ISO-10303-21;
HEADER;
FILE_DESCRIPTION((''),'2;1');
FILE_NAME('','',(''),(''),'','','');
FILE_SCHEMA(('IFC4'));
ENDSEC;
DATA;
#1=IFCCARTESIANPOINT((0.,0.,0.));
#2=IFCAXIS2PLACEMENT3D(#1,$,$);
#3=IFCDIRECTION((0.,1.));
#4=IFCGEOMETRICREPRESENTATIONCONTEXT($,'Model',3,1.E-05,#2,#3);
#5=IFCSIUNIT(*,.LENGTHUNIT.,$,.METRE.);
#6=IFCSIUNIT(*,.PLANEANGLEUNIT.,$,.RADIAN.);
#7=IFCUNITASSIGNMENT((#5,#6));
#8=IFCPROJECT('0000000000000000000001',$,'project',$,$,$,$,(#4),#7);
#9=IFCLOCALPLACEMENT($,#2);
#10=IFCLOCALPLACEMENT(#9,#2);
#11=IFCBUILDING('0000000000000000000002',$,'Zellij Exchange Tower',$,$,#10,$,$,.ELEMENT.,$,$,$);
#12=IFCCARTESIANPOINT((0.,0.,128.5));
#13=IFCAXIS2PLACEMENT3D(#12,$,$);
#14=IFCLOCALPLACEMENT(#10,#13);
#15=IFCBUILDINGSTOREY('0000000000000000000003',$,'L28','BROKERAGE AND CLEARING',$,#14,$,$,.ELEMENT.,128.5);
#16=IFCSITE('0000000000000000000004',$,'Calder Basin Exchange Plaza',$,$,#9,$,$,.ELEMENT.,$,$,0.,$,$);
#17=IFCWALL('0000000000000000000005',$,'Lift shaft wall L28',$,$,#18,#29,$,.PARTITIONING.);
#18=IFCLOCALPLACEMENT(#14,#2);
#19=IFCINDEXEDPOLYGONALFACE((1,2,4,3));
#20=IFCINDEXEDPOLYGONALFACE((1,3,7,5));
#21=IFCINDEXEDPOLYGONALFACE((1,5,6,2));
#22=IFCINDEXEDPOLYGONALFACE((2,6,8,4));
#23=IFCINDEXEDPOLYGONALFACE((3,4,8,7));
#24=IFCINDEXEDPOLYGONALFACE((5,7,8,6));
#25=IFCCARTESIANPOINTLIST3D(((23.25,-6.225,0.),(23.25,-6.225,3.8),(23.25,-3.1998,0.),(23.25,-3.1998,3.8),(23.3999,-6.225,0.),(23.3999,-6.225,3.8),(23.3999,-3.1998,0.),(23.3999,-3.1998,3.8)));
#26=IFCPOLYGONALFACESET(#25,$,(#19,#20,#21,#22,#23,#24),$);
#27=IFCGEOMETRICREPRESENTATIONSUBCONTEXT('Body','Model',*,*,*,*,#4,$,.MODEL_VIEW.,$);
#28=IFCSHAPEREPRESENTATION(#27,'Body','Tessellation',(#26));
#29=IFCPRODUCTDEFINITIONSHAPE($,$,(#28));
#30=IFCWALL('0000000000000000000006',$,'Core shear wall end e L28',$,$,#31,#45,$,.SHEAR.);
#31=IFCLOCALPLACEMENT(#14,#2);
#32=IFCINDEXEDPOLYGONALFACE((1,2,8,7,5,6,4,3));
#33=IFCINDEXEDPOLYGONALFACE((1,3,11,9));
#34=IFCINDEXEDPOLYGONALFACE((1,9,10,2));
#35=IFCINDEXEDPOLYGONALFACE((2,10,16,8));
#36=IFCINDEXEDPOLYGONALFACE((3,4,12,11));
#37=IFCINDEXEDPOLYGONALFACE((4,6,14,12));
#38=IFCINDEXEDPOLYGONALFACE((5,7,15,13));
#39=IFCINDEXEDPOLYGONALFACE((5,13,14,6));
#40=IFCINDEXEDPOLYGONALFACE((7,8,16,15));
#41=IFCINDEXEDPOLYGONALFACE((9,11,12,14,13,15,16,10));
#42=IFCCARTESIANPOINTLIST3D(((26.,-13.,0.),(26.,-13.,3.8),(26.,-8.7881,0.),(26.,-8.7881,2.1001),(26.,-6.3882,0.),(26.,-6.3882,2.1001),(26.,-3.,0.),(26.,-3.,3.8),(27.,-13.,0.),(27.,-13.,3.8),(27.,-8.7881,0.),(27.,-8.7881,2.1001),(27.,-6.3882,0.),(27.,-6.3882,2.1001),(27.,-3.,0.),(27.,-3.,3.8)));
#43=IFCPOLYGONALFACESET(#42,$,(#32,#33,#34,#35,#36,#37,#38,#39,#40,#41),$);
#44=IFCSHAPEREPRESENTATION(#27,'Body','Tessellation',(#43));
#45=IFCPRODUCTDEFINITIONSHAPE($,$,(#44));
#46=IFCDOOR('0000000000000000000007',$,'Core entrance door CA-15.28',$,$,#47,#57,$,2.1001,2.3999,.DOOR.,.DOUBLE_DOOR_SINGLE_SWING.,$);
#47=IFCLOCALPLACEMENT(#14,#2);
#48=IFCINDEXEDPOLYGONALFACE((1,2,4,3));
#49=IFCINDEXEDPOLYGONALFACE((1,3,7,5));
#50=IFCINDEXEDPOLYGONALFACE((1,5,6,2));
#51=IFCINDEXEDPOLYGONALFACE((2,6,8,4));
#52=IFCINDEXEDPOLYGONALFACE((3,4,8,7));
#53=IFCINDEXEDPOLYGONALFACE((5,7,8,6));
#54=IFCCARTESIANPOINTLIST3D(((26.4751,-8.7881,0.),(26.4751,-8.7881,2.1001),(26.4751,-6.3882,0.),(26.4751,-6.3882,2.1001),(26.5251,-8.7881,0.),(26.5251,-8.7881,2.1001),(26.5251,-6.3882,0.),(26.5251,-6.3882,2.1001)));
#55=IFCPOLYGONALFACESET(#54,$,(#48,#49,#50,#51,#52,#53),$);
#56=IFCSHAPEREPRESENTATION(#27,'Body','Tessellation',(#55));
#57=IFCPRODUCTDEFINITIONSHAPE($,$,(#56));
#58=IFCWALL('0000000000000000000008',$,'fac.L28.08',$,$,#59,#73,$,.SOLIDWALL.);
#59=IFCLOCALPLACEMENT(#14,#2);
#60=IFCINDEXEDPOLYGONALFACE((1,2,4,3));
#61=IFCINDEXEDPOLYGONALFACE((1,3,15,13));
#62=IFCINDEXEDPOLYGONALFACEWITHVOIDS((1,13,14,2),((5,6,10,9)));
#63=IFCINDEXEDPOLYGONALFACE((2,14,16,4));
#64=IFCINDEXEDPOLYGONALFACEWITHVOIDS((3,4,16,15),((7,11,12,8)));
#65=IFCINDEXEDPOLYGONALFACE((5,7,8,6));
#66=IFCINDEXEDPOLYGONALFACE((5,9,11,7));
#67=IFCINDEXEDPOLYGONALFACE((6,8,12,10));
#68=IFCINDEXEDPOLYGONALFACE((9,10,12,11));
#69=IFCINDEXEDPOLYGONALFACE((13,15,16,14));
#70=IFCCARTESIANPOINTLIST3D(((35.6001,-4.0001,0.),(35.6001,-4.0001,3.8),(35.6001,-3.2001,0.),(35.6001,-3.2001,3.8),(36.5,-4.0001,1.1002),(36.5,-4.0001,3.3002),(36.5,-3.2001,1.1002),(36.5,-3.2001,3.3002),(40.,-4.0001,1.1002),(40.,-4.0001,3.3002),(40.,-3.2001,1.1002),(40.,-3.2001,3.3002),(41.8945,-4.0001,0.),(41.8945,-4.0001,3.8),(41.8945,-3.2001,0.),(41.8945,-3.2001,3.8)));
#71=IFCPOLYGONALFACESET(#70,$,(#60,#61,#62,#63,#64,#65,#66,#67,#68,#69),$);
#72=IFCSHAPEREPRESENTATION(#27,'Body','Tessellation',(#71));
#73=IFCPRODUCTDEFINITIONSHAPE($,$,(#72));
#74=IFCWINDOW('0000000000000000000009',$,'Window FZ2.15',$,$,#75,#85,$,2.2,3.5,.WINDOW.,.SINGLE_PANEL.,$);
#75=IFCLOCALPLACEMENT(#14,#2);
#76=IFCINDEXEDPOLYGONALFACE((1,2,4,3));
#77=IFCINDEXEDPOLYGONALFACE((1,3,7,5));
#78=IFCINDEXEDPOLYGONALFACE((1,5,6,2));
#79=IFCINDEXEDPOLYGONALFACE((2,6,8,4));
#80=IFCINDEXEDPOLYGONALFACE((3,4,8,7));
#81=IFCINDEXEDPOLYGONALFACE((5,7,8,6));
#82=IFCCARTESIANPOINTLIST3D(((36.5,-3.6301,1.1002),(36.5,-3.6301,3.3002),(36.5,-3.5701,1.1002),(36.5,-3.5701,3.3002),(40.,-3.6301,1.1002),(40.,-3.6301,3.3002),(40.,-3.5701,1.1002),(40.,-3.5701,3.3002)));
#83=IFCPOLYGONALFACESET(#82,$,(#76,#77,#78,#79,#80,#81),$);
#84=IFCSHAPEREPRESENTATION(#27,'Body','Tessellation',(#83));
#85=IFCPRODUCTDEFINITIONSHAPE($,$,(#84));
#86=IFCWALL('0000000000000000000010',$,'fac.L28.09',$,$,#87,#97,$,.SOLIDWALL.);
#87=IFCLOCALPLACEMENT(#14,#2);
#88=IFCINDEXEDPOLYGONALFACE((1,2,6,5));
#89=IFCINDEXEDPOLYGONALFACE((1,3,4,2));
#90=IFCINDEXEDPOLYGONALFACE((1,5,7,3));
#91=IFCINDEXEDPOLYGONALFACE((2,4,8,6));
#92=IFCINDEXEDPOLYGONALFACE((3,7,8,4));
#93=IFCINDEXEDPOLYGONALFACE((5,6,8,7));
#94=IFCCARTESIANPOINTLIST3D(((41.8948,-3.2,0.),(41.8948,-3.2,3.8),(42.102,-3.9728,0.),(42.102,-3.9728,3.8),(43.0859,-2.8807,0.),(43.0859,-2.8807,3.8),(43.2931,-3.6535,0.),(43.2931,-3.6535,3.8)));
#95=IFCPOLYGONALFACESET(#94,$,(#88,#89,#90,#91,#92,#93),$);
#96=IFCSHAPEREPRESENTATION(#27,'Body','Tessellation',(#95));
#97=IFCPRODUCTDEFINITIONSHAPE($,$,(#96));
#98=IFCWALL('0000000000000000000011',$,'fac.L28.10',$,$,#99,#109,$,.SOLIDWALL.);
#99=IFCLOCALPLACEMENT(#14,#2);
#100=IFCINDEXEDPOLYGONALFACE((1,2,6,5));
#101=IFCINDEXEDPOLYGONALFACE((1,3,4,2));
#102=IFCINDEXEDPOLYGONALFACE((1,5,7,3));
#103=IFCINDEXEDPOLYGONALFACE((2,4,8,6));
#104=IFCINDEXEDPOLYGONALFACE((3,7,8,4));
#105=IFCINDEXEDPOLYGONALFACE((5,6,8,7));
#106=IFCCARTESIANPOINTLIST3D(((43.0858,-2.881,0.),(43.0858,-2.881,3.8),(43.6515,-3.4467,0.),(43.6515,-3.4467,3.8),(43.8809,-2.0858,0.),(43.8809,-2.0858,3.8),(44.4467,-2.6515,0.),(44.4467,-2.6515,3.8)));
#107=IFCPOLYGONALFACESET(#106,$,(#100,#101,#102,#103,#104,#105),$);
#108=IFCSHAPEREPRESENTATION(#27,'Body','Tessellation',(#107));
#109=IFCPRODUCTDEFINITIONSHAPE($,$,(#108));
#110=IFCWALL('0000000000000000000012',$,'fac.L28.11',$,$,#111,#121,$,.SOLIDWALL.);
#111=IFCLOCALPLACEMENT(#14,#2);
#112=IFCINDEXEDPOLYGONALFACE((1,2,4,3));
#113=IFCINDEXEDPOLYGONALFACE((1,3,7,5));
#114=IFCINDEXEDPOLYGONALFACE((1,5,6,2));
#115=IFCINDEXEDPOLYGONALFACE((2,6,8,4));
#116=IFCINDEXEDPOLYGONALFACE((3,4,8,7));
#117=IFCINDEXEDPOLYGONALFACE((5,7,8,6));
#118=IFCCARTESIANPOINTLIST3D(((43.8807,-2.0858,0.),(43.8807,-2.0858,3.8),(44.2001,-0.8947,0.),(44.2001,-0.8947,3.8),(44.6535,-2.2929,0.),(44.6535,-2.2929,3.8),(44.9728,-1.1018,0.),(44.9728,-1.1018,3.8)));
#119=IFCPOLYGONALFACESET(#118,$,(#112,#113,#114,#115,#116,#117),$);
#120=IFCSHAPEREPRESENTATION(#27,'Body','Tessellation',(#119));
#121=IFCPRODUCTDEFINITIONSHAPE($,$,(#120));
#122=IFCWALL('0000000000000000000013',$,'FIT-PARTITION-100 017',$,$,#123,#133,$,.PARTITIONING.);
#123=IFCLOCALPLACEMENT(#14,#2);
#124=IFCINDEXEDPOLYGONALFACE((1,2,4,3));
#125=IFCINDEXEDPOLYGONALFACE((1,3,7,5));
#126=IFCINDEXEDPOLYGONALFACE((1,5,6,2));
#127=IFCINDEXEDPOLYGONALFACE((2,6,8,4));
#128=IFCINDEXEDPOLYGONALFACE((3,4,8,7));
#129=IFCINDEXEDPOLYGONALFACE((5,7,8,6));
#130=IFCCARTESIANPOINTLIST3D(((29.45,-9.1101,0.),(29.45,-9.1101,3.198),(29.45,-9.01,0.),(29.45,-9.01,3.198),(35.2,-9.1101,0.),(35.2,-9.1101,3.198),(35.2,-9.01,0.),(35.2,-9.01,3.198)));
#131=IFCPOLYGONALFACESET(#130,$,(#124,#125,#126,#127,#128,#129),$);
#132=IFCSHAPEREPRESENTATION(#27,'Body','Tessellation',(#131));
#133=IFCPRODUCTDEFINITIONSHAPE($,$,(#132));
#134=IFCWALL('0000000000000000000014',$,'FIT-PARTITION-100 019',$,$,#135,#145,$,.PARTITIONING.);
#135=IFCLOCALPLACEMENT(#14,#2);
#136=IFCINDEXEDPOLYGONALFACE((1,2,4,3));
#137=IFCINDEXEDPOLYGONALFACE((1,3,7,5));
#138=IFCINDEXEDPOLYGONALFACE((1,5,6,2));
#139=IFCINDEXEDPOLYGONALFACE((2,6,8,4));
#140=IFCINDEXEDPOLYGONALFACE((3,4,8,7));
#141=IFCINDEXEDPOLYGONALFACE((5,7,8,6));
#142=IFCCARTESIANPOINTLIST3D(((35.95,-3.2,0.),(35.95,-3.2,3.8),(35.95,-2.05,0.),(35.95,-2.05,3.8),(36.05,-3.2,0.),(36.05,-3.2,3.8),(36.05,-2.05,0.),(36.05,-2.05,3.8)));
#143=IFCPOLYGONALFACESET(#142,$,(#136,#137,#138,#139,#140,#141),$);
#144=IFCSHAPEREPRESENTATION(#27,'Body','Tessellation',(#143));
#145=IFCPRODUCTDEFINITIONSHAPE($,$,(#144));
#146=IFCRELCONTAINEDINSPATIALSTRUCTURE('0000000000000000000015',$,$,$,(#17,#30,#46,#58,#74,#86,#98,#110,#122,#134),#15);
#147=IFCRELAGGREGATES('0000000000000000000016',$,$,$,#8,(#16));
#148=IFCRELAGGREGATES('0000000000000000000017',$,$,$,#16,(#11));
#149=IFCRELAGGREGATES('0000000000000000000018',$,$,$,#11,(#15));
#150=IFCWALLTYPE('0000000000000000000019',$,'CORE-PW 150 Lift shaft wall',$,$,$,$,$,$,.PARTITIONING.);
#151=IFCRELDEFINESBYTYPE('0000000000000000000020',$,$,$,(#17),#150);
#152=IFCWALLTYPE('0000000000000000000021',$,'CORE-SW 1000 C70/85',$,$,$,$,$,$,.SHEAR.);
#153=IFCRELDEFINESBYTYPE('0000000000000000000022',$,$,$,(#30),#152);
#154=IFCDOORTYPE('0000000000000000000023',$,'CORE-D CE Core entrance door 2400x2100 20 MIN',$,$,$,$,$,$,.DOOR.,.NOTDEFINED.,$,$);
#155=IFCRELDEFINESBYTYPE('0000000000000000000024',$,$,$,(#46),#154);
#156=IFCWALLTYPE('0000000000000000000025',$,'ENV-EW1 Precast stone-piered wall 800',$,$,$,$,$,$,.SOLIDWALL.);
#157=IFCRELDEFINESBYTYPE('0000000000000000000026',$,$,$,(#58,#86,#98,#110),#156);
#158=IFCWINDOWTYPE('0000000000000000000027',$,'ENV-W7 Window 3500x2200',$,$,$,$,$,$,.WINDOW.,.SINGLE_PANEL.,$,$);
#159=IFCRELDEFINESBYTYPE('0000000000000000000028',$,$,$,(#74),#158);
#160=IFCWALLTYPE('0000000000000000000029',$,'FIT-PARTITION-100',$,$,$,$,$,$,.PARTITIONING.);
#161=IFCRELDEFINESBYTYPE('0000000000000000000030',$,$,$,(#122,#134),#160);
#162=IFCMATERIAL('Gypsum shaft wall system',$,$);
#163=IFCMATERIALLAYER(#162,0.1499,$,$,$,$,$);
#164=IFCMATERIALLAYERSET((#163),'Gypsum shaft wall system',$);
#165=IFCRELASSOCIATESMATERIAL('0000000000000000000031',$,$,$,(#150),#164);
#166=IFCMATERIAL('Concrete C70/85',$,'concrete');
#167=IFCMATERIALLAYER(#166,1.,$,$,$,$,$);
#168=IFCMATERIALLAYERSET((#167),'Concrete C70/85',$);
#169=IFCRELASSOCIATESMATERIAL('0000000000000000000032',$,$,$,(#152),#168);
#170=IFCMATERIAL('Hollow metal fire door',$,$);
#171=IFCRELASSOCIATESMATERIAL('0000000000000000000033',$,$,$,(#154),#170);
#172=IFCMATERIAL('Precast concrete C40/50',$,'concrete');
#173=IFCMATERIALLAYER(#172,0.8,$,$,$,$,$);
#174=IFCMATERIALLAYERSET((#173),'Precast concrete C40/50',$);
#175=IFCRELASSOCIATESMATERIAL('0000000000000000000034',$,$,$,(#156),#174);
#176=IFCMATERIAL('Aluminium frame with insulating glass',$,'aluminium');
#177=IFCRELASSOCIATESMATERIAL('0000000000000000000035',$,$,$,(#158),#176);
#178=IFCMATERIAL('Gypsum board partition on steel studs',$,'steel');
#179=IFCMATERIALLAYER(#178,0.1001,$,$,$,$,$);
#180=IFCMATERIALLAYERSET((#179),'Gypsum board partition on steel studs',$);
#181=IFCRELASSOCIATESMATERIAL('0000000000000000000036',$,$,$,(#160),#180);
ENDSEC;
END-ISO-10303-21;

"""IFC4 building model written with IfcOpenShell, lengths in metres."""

from ifc_helpers import new_model, si_unit, direction, frame, frame_2d, origin, place, context, subcontext, project, spatial, rectangle, extrude, material, layer, layer_set, type_object, element, fill, save


model = new_model("IFC4")

# Units and contexts
model_context = context("Model", 3, precision=1e-05, world=origin(), true_north=direction((0.0, 1.0)))
body_context = subcontext(model_context, "Body", "Model", "MODEL_VIEW")
ifc_project = project(units=[si_unit("LENGTHUNIT", "METRE"), si_unit("PLANEANGLEUNIT", "RADIAN")], contexts=[model_context])

# Site, building, storey
site_placement = place(None, origin())
site = spatial("IfcSite", under=ifc_project, at=site_placement, Name="Calder Basin Exchange Plaza", CompositionType="ELEMENT", RefElevation=0.0)
building_placement = place(site_placement, origin())
building = spatial("IfcBuilding", under=site, at=building_placement, Name="Zellij Exchange Tower", CompositionType="ELEMENT")
storey_placement = place(building_placement, frame((0.0, 0.0, 128.5)))
storey = spatial("IfcBuildingStorey", under=building, at=storey_placement, Name="L28", Description="BROKERAGE AND CLEARING", CompositionType="ELEMENT", Elevation=128.5)

# Shared definitions
ifc_material_1 = material(Name="Concrete C70/85", Category="concrete")

# Wall
ifc_material_2 = material(Name="Gypsum shaft wall system")
ifc_layer_1 = layer(ifc_material_2, 0.1499)
ifc_layer_set_1 = layer_set([ifc_layer_1], Name="Gypsum shaft wall system")
wall_type_1 = type_object("IfcWallType", Name="CORE-PW 150 Lift shaft wall", PredefinedType="PARTITIONING", material=ifc_layer_set_1)
wall_1_placement = place(storey_placement, frame((23.325, -6.2251, 0.0), z_axis=(0.0, 0.0, 1.0), x_axis=(0.0, 1.0, 0.0)))
element("IfcWall", 1, at=wall_1_placement, inside=storey, type_object=wall_type_1, Name="Lift shaft wall L28", PredefinedType="PARTITIONING", context=body_context, shape_type="SweptSolid", body=[
    extrude(rectangle(XDim=3.0251, YDim=0.1499, at=frame_2d((1.5127, 0.0))), origin(), (0.0, 0.0, 1.0), 3.8),
])

# Wall, opening, door
ifc_layer_2 = layer(ifc_material_1, 1.0)
ifc_layer_set_2 = layer_set([ifc_layer_2], Name="Concrete C70/85")
wall_type_2 = type_object("IfcWallType", Name="CORE-SW 1000 C70/85", PredefinedType="SHEAR", material=ifc_layer_set_2)
wall_2_placement = place(storey_placement, frame((26.5, -13.0, 0.0), z_axis=(0.0, 0.0, 1.0), x_axis=(0.0, 1.0, 0.0)))
wall_2 = element("IfcWall", 2, at=wall_2_placement, inside=storey, type_object=wall_type_2, Name="Core shear wall end e L28", PredefinedType="SHEAR", context=body_context, shape_type="SweptSolid", body=[
    extrude(rectangle(XDim=10.0, YDim=1.0, at=frame_2d((5.0, 0.0))), origin(), (0.0, 0.0, 1.0), 3.8),
])
opening_1_placement = place(wall_2_placement, frame((4.2119, 0.0, 0.0)))
opening_1 = element("IfcOpeningElement", 3, at=opening_1_placement, cuts=wall_2, PredefinedType="OPENING", context=body_context, shape_type="SweptSolid", body=[
    extrude(rectangle(XDim=2.3999, YDim=2.1001, at=frame_2d((1.2, 1.05))), frame((0.0, 0.512, 0.0), z_axis=(0.0, -1.0, 0.0), x_axis=(1.0, 0.0, 0.0)), (0.0, 0.0, 1.0), 1.0239),
])
ifc_material_3 = material(Name="Hollow metal fire door")
door_type_1 = type_object("IfcDoorType", Name="CORE-D CE Core entrance door 2400x2100 20 MIN", OperationType="NOTDEFINED", PredefinedType="DOOR", material=ifc_material_3)
door_1_placement = place(opening_1_placement, origin())
door_1 = element("IfcDoor", 4, at=door_1_placement, inside=storey, type_object=door_type_1, Name="Core entrance door CA-15.28", OperationType="DOUBLE_DOOR_SINGLE_SWING", OverallHeight=2.1001, OverallWidth=2.3999, PredefinedType="DOOR", context=body_context, shape_type="SweptSolid", body=[
    extrude(rectangle(XDim=2.3999, YDim=2.1001, at=frame_2d((1.2, 1.05))), frame((0.0, 0.0249, 0.0), z_axis=(0.0, -1.0, 0.0), x_axis=(1.0, 0.0, 0.0)), (0.0, 0.0, 1.0), 0.05),
])
fill(opening_1, door_1)

# Wall, opening, window
ifc_material_4 = material(Name="Precast concrete C40/50", Category="concrete")
ifc_layer_3 = layer(ifc_material_4, 0.8)
ifc_layer_set_3 = layer_set([ifc_layer_3], Name="Precast concrete C40/50")
wall_type_3 = type_object("IfcWallType", Name="ENV-EW1 Precast stone-piered wall 800", PredefinedType="SOLIDWALL", material=ifc_layer_set_3)
wall_3_placement = place(storey_placement, frame((35.6001, -3.6001, 0.0), z_axis=(0.0, 0.0, 1.0), x_axis=(1.0, 0.0, 0.0)))
wall_3 = element("IfcWall", 5, at=wall_3_placement, inside=storey, type_object=wall_type_3, Name="fac.L28.08", PredefinedType="SOLIDWALL", context=body_context, shape_type="SweptSolid", body=[
    extrude(rectangle(XDim=6.2944, YDim=0.8, at=frame_2d((3.1472, 0.0))), origin(), (0.0, 0.0, 1.0), 3.8),
])
opening_2_placement = place(wall_3_placement, frame((0.8999, 0.0, 1.1001)))
opening_2 = element("IfcOpeningElement", 6, at=opening_2_placement, cuts=wall_3, PredefinedType="OPENING", context=body_context, shape_type="SweptSolid", body=[
    extrude(rectangle(XDim=3.5, YDim=2.2, at=frame_2d((1.75, 1.1001))), frame((0.0, 0.4121, 0.0), z_axis=(0.0, -1.0, 0.0), x_axis=(1.0, 0.0, 0.0)), (0.0, 0.0, 1.0), 0.824),
])
ifc_material_5 = material(Name="Aluminium frame with insulating glass", Category="aluminium")
window_type = type_object("IfcWindowType", Name="ENV-W7 Window 3500x2200", PartitioningType="SINGLE_PANEL", PredefinedType="WINDOW", material=ifc_material_5)
window_placement = place(opening_2_placement, origin())
window = element("IfcWindow", 7, at=window_placement, inside=storey, type_object=window_type, Name="Window FZ2.15", OverallHeight=2.2, OverallWidth=3.5, PartitioningType="SINGLE_PANEL", PredefinedType="WINDOW", context=body_context, shape_type="SweptSolid", body=[
    extrude(rectangle(XDim=3.5, YDim=2.2, at=frame_2d((1.75, 1.1001))), frame((0.0, 0.03, 0.0), z_axis=(0.0, -1.0, 0.0), x_axis=(1.0, 0.0, 0.0)), (0.0, 0.0, 1.0), 0.0601),
])
fill(opening_2, window)

# Walls
wall_4_placement = place(storey_placement, frame((41.9983, -3.5864, 0.0), z_axis=(0.0, 0.0, 1.0), x_axis=(0.965892, 0.258944, 0.0)))
element("IfcWall", 8, at=wall_4_placement, inside=storey, type_object=wall_type_3, Name="fac.L28.09", PredefinedType="SOLIDWALL", context=body_context, shape_type="SweptSolid", body=[
    extrude(rectangle(XDim=1.2332, YDim=0.8, at=frame_2d((0.6167, 0.0))), origin(), (0.0, 0.0, 1.0), 3.8),
])
wall_5_placement = place(storey_placement, frame((43.3687, -3.1638, 0.0), z_axis=(0.0, 0.0, 1.0), x_axis=(0.707107, 0.707107, 0.0)))
element("IfcWall", 9, at=wall_5_placement, inside=storey, type_object=wall_type_3, Name="fac.L28.10", PredefinedType="SOLIDWALL", context=body_context, shape_type="SweptSolid", body=[
    extrude(rectangle(XDim=1.1245, YDim=0.8, at=frame_2d((0.5623, 0.0))), origin(), (0.0, 0.0, 1.0), 3.8),
])
wall_6_placement = place(storey_placement, frame((44.2671, -2.1895, 0.0), z_axis=(0.0, 0.0, 1.0), x_axis=(0.258944, 0.965892, 0.0)))
element("IfcWall", 10, at=wall_6_placement, inside=storey, type_object=wall_type_3, Name="fac.L28.11", PredefinedType="SOLIDWALL", context=body_context, shape_type="SweptSolid", body=[
    extrude(rectangle(XDim=1.2332, YDim=0.8, at=frame_2d((0.6167, 0.0))), origin(), (0.0, 0.0, 1.0), 3.8),
])
ifc_material_6 = material(Name="Gypsum board partition on steel studs", Category="steel")
ifc_layer_4 = layer(ifc_material_6, 0.1001)
ifc_layer_set_4 = layer_set([ifc_layer_4], Name="Gypsum board partition on steel studs")
wall_type_4 = type_object("IfcWallType", Name="FIT-PARTITION-100", PredefinedType="PARTITIONING", material=ifc_layer_set_4)
wall_7_placement = place(storey_placement, frame((29.45, -9.0601, 0.0), z_axis=(0.0, 0.0, 1.0), x_axis=(1.0, 0.0, 0.0)))
element("IfcWall", 11, at=wall_7_placement, inside=storey, type_object=wall_type_4, Name="FIT-PARTITION-100 017", PredefinedType="PARTITIONING", context=body_context, shape_type="SweptSolid", body=[
    extrude(rectangle(XDim=5.75, YDim=0.1001, at=frame_2d((2.875, 0.0))), origin(), (0.0, 0.0, 1.0), 3.198),
])
wall_8_placement = place(storey_placement, frame((36.0, -3.2, 0.0), z_axis=(0.0, 0.0, 1.0), x_axis=(0.0, 1.0, 0.0)))
element("IfcWall", 12, at=wall_8_placement, inside=storey, type_object=wall_type_4, Name="FIT-PARTITION-100 019", PredefinedType="PARTITIONING", context=body_context, shape_type="SweptSolid", body=[
    extrude(rectangle(XDim=1.1499, YDim=0.1001, at=frame_2d((0.575, 0.0))), origin(), (0.0, 0.0, 1.0), 3.8),
])

save(model, "model.ifc")
